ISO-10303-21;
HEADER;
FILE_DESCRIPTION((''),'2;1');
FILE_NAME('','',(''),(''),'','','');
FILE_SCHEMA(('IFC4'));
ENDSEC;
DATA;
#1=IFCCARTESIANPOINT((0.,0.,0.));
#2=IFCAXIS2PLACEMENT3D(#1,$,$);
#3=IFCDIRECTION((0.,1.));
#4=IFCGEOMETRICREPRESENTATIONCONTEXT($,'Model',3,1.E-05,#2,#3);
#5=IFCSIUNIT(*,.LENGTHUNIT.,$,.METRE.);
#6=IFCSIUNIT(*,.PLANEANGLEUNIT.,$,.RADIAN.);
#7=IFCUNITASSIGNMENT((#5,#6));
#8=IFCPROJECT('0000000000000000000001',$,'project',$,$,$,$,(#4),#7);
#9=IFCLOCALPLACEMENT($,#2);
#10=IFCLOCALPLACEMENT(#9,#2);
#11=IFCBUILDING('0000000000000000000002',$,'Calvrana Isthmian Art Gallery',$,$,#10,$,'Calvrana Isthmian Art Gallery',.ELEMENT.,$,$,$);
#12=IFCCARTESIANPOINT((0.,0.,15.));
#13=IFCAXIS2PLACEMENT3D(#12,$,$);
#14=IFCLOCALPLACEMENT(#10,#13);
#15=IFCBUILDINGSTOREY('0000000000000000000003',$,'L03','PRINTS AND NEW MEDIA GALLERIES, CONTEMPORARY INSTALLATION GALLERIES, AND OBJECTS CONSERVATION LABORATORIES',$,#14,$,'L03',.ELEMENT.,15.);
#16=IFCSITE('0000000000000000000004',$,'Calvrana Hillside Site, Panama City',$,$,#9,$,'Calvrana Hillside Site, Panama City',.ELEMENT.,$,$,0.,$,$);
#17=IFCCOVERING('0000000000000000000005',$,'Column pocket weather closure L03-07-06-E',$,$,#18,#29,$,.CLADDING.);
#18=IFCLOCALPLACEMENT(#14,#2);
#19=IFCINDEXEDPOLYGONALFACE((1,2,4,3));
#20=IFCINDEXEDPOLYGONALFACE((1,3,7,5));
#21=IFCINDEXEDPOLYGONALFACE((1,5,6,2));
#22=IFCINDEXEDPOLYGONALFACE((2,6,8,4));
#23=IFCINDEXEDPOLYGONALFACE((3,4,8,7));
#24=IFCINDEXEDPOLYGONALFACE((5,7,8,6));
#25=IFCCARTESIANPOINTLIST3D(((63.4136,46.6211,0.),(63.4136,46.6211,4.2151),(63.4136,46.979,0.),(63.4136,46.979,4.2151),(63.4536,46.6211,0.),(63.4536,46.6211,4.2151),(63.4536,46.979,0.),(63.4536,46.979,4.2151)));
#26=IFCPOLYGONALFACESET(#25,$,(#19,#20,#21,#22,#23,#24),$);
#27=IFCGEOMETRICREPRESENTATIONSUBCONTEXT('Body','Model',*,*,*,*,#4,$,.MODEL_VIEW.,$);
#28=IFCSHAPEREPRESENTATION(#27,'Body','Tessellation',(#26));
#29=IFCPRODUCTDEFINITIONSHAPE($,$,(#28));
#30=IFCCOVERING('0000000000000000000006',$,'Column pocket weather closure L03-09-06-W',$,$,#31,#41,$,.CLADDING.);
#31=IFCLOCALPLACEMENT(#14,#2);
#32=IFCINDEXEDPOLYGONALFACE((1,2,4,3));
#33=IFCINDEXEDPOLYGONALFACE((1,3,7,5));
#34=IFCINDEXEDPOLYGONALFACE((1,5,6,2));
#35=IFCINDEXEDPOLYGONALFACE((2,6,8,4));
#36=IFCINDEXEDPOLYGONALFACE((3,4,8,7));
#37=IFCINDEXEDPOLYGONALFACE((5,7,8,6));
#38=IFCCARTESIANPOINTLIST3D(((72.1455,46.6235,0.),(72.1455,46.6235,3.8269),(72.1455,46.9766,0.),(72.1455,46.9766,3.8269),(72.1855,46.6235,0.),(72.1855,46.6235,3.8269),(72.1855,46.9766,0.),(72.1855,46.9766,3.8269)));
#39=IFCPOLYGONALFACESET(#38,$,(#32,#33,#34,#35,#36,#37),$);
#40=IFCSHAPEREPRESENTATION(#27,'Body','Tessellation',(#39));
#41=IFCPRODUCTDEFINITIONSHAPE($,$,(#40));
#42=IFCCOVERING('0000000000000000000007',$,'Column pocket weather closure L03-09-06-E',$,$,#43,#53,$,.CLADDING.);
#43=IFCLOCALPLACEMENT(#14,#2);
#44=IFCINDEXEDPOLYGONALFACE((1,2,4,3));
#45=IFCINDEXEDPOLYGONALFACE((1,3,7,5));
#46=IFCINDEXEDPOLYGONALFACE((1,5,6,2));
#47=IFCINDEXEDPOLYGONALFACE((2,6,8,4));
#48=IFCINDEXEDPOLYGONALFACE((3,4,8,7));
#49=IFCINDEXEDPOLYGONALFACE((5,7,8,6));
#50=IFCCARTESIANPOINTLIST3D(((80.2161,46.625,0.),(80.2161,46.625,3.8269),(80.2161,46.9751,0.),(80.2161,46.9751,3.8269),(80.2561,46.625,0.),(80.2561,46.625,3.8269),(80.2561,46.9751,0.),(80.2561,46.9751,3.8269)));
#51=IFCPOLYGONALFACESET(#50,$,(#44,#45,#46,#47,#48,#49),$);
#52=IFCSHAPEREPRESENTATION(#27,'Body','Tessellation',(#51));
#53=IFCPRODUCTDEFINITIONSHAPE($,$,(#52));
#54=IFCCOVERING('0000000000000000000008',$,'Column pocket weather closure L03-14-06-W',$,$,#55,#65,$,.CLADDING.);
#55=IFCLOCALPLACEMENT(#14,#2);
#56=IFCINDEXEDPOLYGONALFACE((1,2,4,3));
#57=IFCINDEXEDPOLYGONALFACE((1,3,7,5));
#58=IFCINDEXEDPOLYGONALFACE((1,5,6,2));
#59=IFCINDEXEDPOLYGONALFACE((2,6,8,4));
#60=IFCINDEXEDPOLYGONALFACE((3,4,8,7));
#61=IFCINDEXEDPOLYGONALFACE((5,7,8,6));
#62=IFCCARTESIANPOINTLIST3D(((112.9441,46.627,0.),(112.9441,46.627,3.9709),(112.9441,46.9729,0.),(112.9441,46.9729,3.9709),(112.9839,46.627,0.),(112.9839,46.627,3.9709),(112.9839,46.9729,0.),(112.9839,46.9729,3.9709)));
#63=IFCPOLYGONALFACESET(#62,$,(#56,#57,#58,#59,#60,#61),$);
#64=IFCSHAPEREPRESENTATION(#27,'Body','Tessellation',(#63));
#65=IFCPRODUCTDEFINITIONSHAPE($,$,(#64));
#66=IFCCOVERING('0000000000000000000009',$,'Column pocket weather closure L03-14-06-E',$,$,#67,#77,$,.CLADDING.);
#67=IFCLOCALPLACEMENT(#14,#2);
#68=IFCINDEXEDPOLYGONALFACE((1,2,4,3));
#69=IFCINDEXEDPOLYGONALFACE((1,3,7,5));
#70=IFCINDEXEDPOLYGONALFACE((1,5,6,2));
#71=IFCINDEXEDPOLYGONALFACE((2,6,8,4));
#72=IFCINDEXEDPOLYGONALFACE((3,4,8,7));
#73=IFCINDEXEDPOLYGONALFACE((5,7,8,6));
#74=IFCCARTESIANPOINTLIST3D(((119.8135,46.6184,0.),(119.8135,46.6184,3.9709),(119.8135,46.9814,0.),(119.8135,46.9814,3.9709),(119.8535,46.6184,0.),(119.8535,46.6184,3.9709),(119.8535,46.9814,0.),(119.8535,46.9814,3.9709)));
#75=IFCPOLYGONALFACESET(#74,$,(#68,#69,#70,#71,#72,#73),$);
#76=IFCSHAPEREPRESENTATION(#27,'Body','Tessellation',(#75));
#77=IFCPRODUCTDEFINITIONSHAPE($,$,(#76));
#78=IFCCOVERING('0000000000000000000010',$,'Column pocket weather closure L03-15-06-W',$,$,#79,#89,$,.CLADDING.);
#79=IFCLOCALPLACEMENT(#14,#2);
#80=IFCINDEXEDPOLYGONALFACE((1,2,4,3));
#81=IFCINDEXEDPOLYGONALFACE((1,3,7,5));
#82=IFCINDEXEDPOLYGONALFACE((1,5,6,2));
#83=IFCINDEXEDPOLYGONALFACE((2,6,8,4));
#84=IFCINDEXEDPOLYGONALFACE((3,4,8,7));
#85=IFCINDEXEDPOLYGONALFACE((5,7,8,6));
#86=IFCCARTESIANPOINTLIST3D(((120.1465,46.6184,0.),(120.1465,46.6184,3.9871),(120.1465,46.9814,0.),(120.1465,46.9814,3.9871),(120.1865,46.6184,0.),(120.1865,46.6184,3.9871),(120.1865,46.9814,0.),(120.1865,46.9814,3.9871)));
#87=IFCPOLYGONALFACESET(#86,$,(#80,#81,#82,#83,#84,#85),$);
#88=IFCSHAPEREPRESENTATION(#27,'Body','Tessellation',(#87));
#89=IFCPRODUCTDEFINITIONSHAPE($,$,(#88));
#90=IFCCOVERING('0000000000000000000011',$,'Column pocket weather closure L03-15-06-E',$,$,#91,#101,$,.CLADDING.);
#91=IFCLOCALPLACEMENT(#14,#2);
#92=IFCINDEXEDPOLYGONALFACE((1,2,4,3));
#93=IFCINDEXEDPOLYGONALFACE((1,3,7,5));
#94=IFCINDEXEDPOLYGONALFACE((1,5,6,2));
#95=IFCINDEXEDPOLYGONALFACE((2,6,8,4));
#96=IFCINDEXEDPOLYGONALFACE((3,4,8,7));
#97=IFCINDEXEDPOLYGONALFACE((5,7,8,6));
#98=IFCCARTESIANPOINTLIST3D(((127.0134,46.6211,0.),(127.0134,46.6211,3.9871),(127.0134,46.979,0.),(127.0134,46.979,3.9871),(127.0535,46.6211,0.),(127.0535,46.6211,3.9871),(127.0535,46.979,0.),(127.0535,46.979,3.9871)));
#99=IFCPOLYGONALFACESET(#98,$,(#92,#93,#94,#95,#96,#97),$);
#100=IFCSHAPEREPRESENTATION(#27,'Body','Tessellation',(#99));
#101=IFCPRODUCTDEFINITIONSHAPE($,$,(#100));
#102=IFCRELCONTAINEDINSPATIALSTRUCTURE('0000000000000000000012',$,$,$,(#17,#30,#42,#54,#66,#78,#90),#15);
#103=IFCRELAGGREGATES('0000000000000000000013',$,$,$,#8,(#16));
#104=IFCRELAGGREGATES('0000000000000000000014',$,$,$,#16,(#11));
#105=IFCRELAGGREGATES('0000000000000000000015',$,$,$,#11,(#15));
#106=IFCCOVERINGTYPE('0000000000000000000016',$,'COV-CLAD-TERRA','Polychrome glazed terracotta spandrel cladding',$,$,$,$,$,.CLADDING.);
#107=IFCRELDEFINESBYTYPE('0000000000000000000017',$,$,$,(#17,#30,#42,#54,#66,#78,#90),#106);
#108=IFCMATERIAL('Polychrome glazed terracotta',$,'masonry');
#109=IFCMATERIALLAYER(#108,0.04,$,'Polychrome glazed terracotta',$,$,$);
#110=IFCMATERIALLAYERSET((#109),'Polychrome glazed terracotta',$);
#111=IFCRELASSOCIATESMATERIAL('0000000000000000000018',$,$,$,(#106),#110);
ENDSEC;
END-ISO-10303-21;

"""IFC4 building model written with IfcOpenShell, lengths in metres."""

from ifc_helpers import new_model, si_unit, direction, frame, origin, place, context, subcontext, project, spatial, polyline, outline, extrude, material, layer, layer_set, type_object, element, save


model = new_model("IFC4")

# Units and contexts
model_context = context("Model", 3, precision=1e-05, world=origin(), true_north=direction((0.0, 1.0)))
body_context = subcontext(model_context, "Body", "Model", "MODEL_VIEW")
ifc_project = project(units=[si_unit("LENGTHUNIT", "METRE"), si_unit("PLANEANGLEUNIT", "RADIAN")], contexts=[model_context])

# Site, building, storey
site_placement = place(None, origin())
site = spatial("IfcSite", under=ifc_project, at=site_placement, Name="Calvrana Hillside Site, Panama City", LongName="Calvrana Hillside Site, Panama City", CompositionType="ELEMENT", RefElevation=0.0)
building_placement = place(site_placement, origin())
building = spatial("IfcBuilding", under=site, at=building_placement, Name="Calvrana Isthmian Art Gallery", LongName="Calvrana Isthmian Art Gallery", CompositionType="ELEMENT")
storey_placement = place(building_placement, frame((0.0, 0.0, 15.0)))
storey = spatial("IfcBuildingStorey", under=building, at=storey_placement, Name="L03", Description="PRINTS AND NEW MEDIA GALLERIES, CONTEMPORARY INSTALLATION GALLERIES, AND OBJECTS CONSERVATION LABORATORIES", LongName="L03", CompositionType="ELEMENT", Elevation=15.0)

# Coverings
ifc_material_1 = material(Name="Polychrome glazed terracotta", Category="masonry")
ifc_layer_1 = layer(ifc_material_1, 0.04, Name="Polychrome glazed terracotta")
ifc_layer_set_1 = layer_set([ifc_layer_1], Name="Polychrome glazed terracotta")
covering_type = type_object("IfcCoveringType", Name="COV-CLAD-TERRA", Description="Polychrome glazed terracotta spandrel cladding", PredefinedType="CLADDING", material=ifc_layer_set_1)
covering_1_placement = place(storey_placement, origin())
element("IfcCovering", 1, at=covering_1_placement, inside=storey, type_object=covering_type, Name="Column pocket weather closure L03-07-06-E", PredefinedType="CLADDING", context=body_context, shape_type="SweptSolid", body=[
    extrude(outline(polyline([(63.4136, 46.6211), (63.4536, 46.6211), (63.4536, 46.979), (63.4136, 46.979), (63.4136, 46.6211)])), origin(), (0.0, 0.0, 1.0), 4.2151),
])
covering_2_placement = place(storey_placement, origin())
element("IfcCovering", 2, at=covering_2_placement, inside=storey, type_object=covering_type, Name="Column pocket weather closure L03-09-06-W", PredefinedType="CLADDING", context=body_context, shape_type="SweptSolid", body=[
    extrude(outline(polyline([(72.1455, 46.6235), (72.1855, 46.6235), (72.1855, 46.9766), (72.1455, 46.9766), (72.1455, 46.6235)])), origin(), (0.0, 0.0, 1.0), 3.8269),
])
covering_3_placement = place(storey_placement, origin())
element("IfcCovering", 3, at=covering_3_placement, inside=storey, type_object=covering_type, Name="Column pocket weather closure L03-09-06-E", PredefinedType="CLADDING", context=body_context, shape_type="SweptSolid", body=[
    extrude(outline(polyline([(80.2161, 46.625), (80.2561, 46.625), (80.2561, 46.9751), (80.2161, 46.9751), (80.2161, 46.625)])), origin(), (0.0, 0.0, 1.0), 3.8269),
])
covering_4_placement = place(storey_placement, origin())
element("IfcCovering", 4, at=covering_4_placement, inside=storey, type_object=covering_type, Name="Column pocket weather closure L03-14-06-W", PredefinedType="CLADDING", context=body_context, shape_type="SweptSolid", body=[
    extrude(outline(polyline([(112.9441, 46.627), (112.9839, 46.627), (112.9839, 46.9729), (112.9441, 46.9729), (112.9441, 46.627)])), origin(), (0.0, 0.0, 1.0), 3.9709),
])
covering_5_placement = place(storey_placement, origin())
element("IfcCovering", 5, at=covering_5_placement, inside=storey, type_object=covering_type, Name="Column pocket weather closure L03-14-06-E", PredefinedType="CLADDING", context=body_context, shape_type="SweptSolid", body=[
    extrude(outline(polyline([(119.8135, 46.6184), (119.8535, 46.6184), (119.8535, 46.9814), (119.8135, 46.9814), (119.8135, 46.6184)])), origin(), (0.0, 0.0, 1.0), 3.9709),
])
covering_6_placement = place(storey_placement, origin())
element("IfcCovering", 6, at=covering_6_placement, inside=storey, type_object=covering_type, Name="Column pocket weather closure L03-15-06-W", PredefinedType="CLADDING", context=body_context, shape_type="SweptSolid", body=[
    extrude(outline(polyline([(120.1465, 46.6184), (120.1865, 46.6184), (120.1865, 46.9814), (120.1465, 46.9814), (120.1465, 46.6184)])), origin(), (0.0, 0.0, 1.0), 3.9871),
])
covering_7_placement = place(storey_placement, origin())
element("IfcCovering", 7, at=covering_7_placement, inside=storey, type_object=covering_type, Name="Column pocket weather closure L03-15-06-E", PredefinedType="CLADDING", context=body_context, shape_type="SweptSolid", body=[
    extrude(outline(polyline([(127.0134, 46.6211), (127.0535, 46.6211), (127.0535, 46.979), (127.0134, 46.979), (127.0134, 46.6211)])), origin(), (0.0, 0.0, 1.0), 3.9871),
])

save(model, "model.ifc")
